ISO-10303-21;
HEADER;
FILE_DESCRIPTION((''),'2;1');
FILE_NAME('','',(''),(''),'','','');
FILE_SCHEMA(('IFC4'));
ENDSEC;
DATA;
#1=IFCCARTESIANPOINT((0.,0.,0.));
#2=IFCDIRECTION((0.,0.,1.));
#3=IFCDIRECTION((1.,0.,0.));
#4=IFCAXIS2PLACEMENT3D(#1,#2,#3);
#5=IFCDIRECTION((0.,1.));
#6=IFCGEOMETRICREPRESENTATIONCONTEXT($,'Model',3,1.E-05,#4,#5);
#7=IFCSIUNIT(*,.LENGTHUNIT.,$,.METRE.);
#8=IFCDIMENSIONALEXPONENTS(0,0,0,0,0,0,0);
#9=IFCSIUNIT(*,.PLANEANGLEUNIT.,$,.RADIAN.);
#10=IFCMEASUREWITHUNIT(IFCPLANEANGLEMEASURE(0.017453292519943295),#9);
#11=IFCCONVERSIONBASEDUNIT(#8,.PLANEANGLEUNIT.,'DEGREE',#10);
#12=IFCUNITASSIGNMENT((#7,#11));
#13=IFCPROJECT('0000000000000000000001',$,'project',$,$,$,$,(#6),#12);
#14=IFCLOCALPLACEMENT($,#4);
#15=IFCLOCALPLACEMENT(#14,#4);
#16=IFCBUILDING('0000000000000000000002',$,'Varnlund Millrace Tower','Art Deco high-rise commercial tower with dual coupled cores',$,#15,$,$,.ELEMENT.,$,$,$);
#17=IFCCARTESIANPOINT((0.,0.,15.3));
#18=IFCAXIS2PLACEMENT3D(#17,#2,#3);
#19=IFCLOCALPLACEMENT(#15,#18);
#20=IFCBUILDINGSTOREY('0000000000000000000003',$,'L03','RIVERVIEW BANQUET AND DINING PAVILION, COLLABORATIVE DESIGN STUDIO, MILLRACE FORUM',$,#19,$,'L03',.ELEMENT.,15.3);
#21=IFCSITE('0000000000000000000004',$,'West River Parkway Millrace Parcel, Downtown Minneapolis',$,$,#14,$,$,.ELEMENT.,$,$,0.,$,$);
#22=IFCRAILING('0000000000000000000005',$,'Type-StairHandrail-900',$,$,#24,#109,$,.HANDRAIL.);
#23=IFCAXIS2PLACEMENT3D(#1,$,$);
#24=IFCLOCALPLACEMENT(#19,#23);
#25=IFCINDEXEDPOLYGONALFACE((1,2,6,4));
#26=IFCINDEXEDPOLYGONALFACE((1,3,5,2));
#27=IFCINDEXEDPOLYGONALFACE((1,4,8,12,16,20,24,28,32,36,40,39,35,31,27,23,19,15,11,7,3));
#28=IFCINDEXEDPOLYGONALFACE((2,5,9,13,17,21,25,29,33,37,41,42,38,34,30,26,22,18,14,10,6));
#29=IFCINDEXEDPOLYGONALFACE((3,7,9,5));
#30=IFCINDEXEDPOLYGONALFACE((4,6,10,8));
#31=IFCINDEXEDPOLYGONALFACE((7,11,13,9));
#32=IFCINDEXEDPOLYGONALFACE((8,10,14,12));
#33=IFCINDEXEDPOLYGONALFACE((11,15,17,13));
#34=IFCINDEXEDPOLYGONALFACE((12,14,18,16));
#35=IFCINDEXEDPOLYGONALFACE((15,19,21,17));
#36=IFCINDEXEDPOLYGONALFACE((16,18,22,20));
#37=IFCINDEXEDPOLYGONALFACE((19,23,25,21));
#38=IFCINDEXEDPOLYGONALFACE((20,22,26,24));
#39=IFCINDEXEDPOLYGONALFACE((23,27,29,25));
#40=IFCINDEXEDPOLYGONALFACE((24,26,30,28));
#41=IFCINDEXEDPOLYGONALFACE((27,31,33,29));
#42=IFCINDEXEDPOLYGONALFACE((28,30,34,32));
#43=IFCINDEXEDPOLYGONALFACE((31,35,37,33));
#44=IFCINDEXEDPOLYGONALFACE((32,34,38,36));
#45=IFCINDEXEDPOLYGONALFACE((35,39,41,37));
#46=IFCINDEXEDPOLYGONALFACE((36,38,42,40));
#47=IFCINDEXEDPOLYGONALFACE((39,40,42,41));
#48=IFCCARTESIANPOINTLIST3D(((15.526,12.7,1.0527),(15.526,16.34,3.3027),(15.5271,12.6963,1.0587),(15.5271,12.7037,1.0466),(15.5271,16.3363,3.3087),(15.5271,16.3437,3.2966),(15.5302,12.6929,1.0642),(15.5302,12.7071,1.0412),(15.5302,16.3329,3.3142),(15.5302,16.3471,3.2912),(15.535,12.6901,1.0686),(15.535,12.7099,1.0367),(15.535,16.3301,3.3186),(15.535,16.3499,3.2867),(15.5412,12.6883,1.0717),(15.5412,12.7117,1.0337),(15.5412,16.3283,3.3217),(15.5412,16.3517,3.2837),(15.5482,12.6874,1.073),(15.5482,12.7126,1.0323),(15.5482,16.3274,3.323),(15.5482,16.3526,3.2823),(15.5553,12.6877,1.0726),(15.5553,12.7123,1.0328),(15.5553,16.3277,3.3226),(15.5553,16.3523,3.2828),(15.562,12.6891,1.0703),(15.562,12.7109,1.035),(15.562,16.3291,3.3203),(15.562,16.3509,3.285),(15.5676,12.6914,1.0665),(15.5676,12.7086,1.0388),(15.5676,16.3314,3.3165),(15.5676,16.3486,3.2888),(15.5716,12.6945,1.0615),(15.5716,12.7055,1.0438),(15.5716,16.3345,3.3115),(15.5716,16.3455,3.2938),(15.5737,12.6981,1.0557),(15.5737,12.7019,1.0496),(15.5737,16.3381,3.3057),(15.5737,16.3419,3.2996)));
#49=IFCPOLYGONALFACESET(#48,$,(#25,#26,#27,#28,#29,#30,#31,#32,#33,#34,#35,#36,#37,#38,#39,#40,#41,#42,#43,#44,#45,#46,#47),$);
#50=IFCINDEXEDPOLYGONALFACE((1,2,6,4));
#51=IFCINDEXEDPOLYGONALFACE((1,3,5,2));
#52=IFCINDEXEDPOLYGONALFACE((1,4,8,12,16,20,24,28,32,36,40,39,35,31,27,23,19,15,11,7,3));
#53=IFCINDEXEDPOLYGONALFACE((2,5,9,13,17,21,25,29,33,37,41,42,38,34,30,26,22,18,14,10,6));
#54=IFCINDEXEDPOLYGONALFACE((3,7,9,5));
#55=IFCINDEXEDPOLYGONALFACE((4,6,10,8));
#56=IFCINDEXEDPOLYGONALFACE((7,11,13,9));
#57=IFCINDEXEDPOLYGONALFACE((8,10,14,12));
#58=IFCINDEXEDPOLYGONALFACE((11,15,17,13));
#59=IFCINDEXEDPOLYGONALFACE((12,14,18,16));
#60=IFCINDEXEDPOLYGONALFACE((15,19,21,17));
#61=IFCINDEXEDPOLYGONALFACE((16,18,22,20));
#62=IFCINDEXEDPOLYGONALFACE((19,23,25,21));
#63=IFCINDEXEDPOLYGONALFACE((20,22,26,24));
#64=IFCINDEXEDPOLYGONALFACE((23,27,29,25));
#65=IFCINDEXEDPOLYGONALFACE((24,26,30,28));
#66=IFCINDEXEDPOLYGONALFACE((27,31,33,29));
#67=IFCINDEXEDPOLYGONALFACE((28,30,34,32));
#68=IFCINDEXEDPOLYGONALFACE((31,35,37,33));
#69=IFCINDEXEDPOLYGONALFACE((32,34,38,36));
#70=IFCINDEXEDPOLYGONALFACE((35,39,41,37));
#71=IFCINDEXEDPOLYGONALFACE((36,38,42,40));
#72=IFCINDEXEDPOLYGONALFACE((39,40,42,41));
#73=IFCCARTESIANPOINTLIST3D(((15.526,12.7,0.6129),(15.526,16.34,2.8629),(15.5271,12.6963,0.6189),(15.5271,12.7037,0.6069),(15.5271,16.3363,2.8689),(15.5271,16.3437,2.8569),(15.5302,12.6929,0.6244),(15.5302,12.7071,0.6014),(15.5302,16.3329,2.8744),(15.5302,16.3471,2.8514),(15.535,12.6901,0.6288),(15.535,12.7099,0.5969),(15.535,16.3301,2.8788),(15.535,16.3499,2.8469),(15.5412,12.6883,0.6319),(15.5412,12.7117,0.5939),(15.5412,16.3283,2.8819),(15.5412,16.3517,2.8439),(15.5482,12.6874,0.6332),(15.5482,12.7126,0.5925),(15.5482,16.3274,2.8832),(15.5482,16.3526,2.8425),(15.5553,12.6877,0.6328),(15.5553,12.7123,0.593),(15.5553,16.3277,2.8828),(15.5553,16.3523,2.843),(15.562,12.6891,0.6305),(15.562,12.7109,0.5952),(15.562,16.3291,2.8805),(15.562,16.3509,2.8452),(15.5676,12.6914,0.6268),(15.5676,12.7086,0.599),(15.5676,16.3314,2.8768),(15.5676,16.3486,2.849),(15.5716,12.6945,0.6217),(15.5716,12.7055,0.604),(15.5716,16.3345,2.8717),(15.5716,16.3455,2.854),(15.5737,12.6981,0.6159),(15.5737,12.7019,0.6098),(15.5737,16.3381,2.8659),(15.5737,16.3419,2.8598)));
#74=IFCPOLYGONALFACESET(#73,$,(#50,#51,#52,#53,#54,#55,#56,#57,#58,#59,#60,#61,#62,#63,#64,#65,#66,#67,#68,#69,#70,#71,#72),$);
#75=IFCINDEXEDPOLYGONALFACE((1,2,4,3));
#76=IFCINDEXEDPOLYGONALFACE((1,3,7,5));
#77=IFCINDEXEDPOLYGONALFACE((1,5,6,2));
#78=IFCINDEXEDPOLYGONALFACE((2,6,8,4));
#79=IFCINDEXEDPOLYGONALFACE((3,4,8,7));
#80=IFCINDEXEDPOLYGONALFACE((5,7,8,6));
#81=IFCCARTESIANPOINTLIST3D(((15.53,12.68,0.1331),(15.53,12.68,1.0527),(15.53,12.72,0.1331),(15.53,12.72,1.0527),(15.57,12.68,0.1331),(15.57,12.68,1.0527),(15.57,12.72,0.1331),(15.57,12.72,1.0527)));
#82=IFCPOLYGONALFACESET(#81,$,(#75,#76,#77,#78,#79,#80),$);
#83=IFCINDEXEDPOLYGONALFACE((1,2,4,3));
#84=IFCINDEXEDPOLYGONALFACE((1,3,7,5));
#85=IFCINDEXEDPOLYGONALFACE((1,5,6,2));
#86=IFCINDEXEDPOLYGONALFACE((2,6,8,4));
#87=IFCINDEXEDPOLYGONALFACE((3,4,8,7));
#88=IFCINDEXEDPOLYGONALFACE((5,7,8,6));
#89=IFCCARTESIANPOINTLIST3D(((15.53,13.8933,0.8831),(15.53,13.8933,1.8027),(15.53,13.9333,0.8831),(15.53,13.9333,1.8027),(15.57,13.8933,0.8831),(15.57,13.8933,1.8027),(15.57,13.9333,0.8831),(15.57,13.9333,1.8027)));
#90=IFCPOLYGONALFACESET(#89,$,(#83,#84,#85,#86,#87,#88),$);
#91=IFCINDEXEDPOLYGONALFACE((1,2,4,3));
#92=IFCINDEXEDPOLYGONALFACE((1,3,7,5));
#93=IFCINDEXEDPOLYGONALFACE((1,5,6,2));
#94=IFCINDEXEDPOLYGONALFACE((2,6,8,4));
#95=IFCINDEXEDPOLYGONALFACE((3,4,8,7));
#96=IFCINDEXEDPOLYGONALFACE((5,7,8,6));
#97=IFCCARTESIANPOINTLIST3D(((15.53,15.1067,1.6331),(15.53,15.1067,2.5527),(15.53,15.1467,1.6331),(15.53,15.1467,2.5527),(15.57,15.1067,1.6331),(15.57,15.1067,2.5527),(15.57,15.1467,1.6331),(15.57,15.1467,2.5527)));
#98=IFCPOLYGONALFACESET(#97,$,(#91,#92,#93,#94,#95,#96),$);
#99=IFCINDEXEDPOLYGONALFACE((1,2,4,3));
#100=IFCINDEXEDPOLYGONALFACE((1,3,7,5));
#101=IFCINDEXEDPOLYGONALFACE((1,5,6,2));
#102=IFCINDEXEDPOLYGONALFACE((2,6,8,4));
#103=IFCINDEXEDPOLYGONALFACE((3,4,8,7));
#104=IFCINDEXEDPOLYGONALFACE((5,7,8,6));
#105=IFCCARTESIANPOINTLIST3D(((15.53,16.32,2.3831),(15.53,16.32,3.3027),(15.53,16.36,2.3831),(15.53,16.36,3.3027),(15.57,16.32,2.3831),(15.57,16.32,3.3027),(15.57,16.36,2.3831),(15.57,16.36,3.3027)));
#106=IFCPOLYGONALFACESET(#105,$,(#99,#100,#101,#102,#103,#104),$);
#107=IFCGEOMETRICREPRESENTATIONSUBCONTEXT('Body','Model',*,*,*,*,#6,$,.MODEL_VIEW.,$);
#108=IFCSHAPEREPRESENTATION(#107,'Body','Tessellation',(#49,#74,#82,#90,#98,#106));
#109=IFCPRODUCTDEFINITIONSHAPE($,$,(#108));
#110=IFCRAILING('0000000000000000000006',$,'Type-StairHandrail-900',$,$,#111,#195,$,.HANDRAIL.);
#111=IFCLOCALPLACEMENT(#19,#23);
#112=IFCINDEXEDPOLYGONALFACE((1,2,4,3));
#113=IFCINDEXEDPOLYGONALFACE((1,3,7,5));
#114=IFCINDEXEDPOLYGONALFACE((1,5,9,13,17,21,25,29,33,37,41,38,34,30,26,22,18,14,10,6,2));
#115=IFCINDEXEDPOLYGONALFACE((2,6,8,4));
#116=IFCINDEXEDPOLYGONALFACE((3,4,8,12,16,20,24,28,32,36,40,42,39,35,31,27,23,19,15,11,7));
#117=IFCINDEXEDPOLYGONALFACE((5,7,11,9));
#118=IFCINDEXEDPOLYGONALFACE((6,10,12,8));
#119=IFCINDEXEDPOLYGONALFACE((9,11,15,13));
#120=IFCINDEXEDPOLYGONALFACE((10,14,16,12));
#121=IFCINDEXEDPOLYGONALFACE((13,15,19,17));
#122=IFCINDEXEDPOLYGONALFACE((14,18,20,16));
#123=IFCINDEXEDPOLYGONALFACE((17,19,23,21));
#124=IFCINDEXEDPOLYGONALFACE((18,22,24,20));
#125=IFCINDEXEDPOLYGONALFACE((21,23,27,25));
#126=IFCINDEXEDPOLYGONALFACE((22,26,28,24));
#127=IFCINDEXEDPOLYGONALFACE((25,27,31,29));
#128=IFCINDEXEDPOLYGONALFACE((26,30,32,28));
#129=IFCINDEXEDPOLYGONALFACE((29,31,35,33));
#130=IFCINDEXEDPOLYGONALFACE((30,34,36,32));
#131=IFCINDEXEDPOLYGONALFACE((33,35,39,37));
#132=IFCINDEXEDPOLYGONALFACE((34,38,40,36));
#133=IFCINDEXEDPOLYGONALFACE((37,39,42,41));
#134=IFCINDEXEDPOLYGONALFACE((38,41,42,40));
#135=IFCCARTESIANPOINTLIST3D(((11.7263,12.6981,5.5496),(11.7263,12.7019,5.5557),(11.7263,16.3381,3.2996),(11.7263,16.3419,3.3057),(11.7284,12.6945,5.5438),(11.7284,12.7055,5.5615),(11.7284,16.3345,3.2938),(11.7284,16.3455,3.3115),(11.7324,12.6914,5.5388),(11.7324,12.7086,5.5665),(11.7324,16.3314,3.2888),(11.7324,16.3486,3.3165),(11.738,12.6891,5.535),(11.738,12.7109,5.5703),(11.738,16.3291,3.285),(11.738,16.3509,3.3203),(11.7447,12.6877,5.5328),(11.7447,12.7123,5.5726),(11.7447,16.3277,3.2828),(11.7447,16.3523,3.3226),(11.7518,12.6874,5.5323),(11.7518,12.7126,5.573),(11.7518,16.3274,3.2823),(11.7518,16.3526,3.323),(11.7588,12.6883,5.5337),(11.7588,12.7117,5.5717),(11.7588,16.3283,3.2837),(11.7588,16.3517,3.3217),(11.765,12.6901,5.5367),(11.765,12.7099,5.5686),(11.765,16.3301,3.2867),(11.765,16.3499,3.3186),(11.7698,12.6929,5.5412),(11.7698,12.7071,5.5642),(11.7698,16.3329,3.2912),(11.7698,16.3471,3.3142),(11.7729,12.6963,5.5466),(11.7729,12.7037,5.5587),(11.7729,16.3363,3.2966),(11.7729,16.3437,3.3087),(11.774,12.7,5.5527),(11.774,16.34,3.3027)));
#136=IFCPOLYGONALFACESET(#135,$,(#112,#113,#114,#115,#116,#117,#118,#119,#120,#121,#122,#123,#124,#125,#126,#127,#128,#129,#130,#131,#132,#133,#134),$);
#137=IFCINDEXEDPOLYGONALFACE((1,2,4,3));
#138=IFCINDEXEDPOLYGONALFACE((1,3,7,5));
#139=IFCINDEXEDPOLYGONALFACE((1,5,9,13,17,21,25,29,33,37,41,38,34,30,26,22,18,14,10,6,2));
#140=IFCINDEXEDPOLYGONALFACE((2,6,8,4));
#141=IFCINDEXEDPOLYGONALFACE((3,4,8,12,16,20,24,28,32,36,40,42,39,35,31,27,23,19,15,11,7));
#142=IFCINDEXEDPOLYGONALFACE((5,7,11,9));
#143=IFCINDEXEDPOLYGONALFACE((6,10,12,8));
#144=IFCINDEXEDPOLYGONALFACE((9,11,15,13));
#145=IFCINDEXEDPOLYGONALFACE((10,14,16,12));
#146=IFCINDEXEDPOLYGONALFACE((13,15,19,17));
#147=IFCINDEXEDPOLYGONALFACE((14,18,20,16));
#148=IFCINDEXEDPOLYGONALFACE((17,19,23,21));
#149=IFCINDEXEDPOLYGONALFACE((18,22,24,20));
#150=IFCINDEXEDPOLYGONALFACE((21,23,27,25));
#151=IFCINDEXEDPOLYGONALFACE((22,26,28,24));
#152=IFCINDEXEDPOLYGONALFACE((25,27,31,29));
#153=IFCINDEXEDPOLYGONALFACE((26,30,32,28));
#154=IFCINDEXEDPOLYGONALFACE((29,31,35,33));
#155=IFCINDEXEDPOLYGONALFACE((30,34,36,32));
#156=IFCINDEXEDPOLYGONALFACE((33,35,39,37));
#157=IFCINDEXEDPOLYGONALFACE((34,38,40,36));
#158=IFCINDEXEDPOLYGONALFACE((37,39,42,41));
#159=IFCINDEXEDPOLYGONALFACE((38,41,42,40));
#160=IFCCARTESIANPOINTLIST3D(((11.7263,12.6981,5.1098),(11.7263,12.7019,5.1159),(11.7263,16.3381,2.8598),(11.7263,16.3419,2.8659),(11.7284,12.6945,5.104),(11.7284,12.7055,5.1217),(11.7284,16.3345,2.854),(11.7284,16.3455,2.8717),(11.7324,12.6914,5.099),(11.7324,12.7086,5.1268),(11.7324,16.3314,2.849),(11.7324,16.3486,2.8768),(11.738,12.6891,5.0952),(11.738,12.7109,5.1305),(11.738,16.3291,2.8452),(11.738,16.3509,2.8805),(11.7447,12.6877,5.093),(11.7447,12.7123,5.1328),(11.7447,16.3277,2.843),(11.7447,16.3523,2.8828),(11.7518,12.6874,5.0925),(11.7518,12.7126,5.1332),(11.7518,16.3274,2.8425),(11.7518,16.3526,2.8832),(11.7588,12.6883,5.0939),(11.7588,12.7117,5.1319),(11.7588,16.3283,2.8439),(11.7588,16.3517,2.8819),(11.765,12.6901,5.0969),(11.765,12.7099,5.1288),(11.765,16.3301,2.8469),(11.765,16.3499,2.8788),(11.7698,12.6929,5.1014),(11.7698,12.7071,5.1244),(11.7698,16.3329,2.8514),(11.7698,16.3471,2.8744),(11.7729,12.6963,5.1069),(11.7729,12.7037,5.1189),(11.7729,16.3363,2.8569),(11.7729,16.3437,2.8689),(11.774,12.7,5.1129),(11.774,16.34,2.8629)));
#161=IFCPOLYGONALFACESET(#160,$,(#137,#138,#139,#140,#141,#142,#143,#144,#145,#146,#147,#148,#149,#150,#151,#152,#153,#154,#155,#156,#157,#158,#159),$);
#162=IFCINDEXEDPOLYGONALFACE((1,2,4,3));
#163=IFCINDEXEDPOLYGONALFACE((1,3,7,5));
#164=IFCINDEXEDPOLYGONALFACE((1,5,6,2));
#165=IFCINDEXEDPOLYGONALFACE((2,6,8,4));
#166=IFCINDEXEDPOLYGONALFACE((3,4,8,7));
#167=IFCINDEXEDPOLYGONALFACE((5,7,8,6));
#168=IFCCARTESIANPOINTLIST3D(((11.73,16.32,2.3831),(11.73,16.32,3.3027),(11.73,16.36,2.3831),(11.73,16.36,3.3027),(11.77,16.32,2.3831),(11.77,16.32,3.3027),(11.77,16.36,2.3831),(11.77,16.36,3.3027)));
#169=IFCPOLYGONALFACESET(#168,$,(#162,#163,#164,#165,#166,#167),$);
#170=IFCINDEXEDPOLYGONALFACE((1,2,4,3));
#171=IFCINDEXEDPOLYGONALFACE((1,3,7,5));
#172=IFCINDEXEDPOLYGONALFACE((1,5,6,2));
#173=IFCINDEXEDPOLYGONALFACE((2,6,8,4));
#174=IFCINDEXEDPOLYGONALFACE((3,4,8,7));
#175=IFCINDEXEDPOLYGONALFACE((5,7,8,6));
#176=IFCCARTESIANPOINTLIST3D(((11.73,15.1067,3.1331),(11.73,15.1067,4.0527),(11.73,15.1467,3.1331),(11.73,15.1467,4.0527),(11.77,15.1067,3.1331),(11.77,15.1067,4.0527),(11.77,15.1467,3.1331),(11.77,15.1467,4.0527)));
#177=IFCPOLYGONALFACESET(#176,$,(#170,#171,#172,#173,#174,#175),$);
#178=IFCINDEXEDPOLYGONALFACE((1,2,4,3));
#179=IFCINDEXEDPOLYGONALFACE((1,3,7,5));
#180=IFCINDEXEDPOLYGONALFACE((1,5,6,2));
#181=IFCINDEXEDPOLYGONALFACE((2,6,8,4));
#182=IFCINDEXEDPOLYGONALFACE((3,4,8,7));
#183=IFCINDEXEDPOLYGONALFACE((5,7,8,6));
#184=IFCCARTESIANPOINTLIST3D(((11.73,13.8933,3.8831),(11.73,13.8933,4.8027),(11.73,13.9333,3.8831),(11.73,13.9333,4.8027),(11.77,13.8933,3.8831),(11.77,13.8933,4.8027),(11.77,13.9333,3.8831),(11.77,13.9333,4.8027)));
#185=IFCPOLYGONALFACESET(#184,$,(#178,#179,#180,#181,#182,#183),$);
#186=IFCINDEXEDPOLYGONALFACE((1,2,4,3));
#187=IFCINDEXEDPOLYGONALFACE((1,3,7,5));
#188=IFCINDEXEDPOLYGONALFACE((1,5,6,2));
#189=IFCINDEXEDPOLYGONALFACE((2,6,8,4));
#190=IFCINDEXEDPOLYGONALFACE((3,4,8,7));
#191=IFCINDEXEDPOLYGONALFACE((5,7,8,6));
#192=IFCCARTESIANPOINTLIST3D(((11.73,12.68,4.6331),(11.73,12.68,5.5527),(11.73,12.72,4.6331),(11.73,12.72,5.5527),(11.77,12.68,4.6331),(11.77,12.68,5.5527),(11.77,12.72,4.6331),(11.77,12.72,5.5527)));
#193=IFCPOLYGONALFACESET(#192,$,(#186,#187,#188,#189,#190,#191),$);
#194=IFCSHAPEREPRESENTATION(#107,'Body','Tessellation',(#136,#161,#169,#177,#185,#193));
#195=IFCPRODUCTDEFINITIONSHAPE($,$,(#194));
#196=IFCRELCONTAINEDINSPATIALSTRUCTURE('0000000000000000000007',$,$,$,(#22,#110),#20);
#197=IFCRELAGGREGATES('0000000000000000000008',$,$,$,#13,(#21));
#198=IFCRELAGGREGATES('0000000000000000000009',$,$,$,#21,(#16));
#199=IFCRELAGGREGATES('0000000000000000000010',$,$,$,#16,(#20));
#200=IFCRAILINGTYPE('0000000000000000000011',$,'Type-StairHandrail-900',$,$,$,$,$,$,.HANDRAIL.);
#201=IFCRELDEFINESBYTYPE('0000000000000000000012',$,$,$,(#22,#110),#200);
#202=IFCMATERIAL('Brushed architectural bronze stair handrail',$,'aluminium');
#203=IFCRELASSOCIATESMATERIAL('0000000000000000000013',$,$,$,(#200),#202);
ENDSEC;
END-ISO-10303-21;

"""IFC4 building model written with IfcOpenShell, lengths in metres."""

from ifc_helpers import new_model, entity, si_unit, converted_unit, direction, frame, origin_with_axes, origin_2d_with_axis, place, context, subcontext, project, spatial, rectangle, circle, extrude, material, type_object, element, save


model = new_model("IFC4")

# Units and contexts
model_context = context("Model", 3, precision=1e-05, world=origin_with_axes(), true_north=direction((0.0, 1.0)))
body_context = subcontext(model_context, "Body", "Model", "MODEL_VIEW")
ifc_project = project(units=[si_unit("LENGTHUNIT", "METRE"), converted_unit("PLANEANGLEUNIT", "DEGREE", entity("IfcPlaneAngleMeasure", 0.017453292519943295), si_unit("PLANEANGLEUNIT", "RADIAN"), dimensions=[0, 0, 0, 0, 0, 0, 0])], contexts=[model_context])

# Site, building, storey
site_placement = place(None, origin_with_axes())
site = spatial("IfcSite", under=ifc_project, at=site_placement, Name="West River Parkway Millrace Parcel, Downtown Minneapolis", CompositionType="ELEMENT", RefElevation=0.0)
building_placement = place(site_placement, origin_with_axes())
building = spatial("IfcBuilding", under=site, at=building_placement, Name="Varnlund Millrace Tower", Description="Art Deco high-rise commercial tower with dual coupled cores", CompositionType="ELEMENT")
storey_placement = place(building_placement, frame((0.0, 0.0, 15.3), z_axis=(0.0, 0.0, 1.0), x_axis=(1.0, 0.0, 0.0)))
storey = spatial("IfcBuildingStorey", under=building, at=storey_placement, Name="L03", Description="RIVERVIEW BANQUET AND DINING PAVILION, COLLABORATIVE DESIGN STUDIO, MILLRACE FORUM", LongName="L03", CompositionType="ELEMENT", Elevation=15.3)

# Railings
ifc_material_1 = material(Name="Brushed architectural bronze stair handrail", Category="aluminium")
railing_type_1 = type_object("IfcRailingType", Name="Type-StairHandrail-900", PredefinedType="HANDRAIL", material=ifc_material_1)
railing_1_placement = place(storey_placement, frame((0.0, 0.0, -15.3), z_axis=(0.0, 0.0, 1.0), x_axis=(1.0, 0.0, 0.0)))
element("IfcRailing", 1, at=railing_1_placement, inside=storey, type_object=railing_type_1, Name="Type-StairHandrail-900", PredefinedType="HANDRAIL", context=body_context, shape_type="SweptSolid", body=[
    extrude(circle(Radius=0.024, at=origin_2d_with_axis()), frame((15.55, 12.7, 16.3527), z_axis=(0.0, 0.850614, 0.525791), x_axis=(-1.0, 0.0, 0.0)), (0.0, 0.0, 1.0), 4.2793),
    extrude(circle(Radius=0.024, at=origin_2d_with_axis()), frame((15.55, 12.7, 15.9129), z_axis=(0.0, 0.850614, 0.525791), x_axis=(-1.0, 0.0, 0.0)), (0.0, 0.0, 1.0), 4.2793),
    extrude(rectangle(XDim=0.04, YDim=0.04, at=origin_2d_with_axis()), frame((15.55, 12.7, 15.4331), z_axis=(0.0, 0.0, 1.0), x_axis=(1.0, 0.0, 0.0)), (0.0, 0.0, 1.0), 0.9196),
    extrude(rectangle(XDim=0.04, YDim=0.04, at=origin_2d_with_axis()), frame((15.55, 13.9133, 16.1831), z_axis=(0.0, 0.0, 1.0), x_axis=(1.0, 0.0, 0.0)), (0.0, 0.0, 1.0), 0.9196),
    extrude(rectangle(XDim=0.04, YDim=0.04, at=origin_2d_with_axis()), frame((15.55, 15.1267, 16.9331), z_axis=(0.0, 0.0, 1.0), x_axis=(1.0, 0.0, 0.0)), (0.0, 0.0, 1.0), 0.9196),
    extrude(rectangle(XDim=0.04, YDim=0.04, at=origin_2d_with_axis()), frame((15.55, 16.34, 17.6831), z_axis=(0.0, 0.0, 1.0), x_axis=(1.0, 0.0, 0.0)), (0.0, 0.0, 1.0), 0.9196),
])
railing_2_placement = place(storey_placement, frame((0.0, 0.0, -15.3), z_axis=(0.0, 0.0, 1.0), x_axis=(1.0, 0.0, 0.0)))
element("IfcRailing", 2, at=railing_2_placement, inside=storey, type_object=railing_type_1, Name="Type-StairHandrail-900", PredefinedType="HANDRAIL", context=body_context, shape_type="SweptSolid", body=[
    extrude(circle(Radius=0.024, at=origin_2d_with_axis()), frame((11.75, 16.34, 18.6027), z_axis=(0.0, -0.850614, 0.525791), x_axis=(1.0, 0.0, 0.0)), (0.0, 0.0, 1.0), 4.2793),
    extrude(circle(Radius=0.024, at=origin_2d_with_axis()), frame((11.75, 16.34, 18.1629), z_axis=(0.0, -0.850614, 0.525791), x_axis=(1.0, 0.0, 0.0)), (0.0, 0.0, 1.0), 4.2793),
    extrude(rectangle(XDim=0.04, YDim=0.04, at=origin_2d_with_axis()), frame((11.75, 16.34, 17.6831), z_axis=(0.0, 0.0, 1.0), x_axis=(1.0, 0.0, 0.0)), (0.0, 0.0, 1.0), 0.9196),
    extrude(rectangle(XDim=0.04, YDim=0.04, at=origin_2d_with_axis()), frame((11.75, 15.1267, 18.4331), z_axis=(0.0, 0.0, 1.0), x_axis=(1.0, 0.0, 0.0)), (0.0, 0.0, 1.0), 0.9196),
    extrude(rectangle(XDim=0.04, YDim=0.04, at=origin_2d_with_axis()), frame((11.75, 13.9133, 19.1831), z_axis=(0.0, 0.0, 1.0), x_axis=(1.0, 0.0, 0.0)), (0.0, 0.0, 1.0), 0.9196),
    extrude(rectangle(XDim=0.04, YDim=0.04, at=origin_2d_with_axis()), frame((11.75, 12.7, 19.9331), z_axis=(0.0, 0.0, 1.0), x_axis=(1.0, 0.0, 0.0)), (0.0, 0.0, 1.0), 0.9196),
])

save(model, "model.ifc")
